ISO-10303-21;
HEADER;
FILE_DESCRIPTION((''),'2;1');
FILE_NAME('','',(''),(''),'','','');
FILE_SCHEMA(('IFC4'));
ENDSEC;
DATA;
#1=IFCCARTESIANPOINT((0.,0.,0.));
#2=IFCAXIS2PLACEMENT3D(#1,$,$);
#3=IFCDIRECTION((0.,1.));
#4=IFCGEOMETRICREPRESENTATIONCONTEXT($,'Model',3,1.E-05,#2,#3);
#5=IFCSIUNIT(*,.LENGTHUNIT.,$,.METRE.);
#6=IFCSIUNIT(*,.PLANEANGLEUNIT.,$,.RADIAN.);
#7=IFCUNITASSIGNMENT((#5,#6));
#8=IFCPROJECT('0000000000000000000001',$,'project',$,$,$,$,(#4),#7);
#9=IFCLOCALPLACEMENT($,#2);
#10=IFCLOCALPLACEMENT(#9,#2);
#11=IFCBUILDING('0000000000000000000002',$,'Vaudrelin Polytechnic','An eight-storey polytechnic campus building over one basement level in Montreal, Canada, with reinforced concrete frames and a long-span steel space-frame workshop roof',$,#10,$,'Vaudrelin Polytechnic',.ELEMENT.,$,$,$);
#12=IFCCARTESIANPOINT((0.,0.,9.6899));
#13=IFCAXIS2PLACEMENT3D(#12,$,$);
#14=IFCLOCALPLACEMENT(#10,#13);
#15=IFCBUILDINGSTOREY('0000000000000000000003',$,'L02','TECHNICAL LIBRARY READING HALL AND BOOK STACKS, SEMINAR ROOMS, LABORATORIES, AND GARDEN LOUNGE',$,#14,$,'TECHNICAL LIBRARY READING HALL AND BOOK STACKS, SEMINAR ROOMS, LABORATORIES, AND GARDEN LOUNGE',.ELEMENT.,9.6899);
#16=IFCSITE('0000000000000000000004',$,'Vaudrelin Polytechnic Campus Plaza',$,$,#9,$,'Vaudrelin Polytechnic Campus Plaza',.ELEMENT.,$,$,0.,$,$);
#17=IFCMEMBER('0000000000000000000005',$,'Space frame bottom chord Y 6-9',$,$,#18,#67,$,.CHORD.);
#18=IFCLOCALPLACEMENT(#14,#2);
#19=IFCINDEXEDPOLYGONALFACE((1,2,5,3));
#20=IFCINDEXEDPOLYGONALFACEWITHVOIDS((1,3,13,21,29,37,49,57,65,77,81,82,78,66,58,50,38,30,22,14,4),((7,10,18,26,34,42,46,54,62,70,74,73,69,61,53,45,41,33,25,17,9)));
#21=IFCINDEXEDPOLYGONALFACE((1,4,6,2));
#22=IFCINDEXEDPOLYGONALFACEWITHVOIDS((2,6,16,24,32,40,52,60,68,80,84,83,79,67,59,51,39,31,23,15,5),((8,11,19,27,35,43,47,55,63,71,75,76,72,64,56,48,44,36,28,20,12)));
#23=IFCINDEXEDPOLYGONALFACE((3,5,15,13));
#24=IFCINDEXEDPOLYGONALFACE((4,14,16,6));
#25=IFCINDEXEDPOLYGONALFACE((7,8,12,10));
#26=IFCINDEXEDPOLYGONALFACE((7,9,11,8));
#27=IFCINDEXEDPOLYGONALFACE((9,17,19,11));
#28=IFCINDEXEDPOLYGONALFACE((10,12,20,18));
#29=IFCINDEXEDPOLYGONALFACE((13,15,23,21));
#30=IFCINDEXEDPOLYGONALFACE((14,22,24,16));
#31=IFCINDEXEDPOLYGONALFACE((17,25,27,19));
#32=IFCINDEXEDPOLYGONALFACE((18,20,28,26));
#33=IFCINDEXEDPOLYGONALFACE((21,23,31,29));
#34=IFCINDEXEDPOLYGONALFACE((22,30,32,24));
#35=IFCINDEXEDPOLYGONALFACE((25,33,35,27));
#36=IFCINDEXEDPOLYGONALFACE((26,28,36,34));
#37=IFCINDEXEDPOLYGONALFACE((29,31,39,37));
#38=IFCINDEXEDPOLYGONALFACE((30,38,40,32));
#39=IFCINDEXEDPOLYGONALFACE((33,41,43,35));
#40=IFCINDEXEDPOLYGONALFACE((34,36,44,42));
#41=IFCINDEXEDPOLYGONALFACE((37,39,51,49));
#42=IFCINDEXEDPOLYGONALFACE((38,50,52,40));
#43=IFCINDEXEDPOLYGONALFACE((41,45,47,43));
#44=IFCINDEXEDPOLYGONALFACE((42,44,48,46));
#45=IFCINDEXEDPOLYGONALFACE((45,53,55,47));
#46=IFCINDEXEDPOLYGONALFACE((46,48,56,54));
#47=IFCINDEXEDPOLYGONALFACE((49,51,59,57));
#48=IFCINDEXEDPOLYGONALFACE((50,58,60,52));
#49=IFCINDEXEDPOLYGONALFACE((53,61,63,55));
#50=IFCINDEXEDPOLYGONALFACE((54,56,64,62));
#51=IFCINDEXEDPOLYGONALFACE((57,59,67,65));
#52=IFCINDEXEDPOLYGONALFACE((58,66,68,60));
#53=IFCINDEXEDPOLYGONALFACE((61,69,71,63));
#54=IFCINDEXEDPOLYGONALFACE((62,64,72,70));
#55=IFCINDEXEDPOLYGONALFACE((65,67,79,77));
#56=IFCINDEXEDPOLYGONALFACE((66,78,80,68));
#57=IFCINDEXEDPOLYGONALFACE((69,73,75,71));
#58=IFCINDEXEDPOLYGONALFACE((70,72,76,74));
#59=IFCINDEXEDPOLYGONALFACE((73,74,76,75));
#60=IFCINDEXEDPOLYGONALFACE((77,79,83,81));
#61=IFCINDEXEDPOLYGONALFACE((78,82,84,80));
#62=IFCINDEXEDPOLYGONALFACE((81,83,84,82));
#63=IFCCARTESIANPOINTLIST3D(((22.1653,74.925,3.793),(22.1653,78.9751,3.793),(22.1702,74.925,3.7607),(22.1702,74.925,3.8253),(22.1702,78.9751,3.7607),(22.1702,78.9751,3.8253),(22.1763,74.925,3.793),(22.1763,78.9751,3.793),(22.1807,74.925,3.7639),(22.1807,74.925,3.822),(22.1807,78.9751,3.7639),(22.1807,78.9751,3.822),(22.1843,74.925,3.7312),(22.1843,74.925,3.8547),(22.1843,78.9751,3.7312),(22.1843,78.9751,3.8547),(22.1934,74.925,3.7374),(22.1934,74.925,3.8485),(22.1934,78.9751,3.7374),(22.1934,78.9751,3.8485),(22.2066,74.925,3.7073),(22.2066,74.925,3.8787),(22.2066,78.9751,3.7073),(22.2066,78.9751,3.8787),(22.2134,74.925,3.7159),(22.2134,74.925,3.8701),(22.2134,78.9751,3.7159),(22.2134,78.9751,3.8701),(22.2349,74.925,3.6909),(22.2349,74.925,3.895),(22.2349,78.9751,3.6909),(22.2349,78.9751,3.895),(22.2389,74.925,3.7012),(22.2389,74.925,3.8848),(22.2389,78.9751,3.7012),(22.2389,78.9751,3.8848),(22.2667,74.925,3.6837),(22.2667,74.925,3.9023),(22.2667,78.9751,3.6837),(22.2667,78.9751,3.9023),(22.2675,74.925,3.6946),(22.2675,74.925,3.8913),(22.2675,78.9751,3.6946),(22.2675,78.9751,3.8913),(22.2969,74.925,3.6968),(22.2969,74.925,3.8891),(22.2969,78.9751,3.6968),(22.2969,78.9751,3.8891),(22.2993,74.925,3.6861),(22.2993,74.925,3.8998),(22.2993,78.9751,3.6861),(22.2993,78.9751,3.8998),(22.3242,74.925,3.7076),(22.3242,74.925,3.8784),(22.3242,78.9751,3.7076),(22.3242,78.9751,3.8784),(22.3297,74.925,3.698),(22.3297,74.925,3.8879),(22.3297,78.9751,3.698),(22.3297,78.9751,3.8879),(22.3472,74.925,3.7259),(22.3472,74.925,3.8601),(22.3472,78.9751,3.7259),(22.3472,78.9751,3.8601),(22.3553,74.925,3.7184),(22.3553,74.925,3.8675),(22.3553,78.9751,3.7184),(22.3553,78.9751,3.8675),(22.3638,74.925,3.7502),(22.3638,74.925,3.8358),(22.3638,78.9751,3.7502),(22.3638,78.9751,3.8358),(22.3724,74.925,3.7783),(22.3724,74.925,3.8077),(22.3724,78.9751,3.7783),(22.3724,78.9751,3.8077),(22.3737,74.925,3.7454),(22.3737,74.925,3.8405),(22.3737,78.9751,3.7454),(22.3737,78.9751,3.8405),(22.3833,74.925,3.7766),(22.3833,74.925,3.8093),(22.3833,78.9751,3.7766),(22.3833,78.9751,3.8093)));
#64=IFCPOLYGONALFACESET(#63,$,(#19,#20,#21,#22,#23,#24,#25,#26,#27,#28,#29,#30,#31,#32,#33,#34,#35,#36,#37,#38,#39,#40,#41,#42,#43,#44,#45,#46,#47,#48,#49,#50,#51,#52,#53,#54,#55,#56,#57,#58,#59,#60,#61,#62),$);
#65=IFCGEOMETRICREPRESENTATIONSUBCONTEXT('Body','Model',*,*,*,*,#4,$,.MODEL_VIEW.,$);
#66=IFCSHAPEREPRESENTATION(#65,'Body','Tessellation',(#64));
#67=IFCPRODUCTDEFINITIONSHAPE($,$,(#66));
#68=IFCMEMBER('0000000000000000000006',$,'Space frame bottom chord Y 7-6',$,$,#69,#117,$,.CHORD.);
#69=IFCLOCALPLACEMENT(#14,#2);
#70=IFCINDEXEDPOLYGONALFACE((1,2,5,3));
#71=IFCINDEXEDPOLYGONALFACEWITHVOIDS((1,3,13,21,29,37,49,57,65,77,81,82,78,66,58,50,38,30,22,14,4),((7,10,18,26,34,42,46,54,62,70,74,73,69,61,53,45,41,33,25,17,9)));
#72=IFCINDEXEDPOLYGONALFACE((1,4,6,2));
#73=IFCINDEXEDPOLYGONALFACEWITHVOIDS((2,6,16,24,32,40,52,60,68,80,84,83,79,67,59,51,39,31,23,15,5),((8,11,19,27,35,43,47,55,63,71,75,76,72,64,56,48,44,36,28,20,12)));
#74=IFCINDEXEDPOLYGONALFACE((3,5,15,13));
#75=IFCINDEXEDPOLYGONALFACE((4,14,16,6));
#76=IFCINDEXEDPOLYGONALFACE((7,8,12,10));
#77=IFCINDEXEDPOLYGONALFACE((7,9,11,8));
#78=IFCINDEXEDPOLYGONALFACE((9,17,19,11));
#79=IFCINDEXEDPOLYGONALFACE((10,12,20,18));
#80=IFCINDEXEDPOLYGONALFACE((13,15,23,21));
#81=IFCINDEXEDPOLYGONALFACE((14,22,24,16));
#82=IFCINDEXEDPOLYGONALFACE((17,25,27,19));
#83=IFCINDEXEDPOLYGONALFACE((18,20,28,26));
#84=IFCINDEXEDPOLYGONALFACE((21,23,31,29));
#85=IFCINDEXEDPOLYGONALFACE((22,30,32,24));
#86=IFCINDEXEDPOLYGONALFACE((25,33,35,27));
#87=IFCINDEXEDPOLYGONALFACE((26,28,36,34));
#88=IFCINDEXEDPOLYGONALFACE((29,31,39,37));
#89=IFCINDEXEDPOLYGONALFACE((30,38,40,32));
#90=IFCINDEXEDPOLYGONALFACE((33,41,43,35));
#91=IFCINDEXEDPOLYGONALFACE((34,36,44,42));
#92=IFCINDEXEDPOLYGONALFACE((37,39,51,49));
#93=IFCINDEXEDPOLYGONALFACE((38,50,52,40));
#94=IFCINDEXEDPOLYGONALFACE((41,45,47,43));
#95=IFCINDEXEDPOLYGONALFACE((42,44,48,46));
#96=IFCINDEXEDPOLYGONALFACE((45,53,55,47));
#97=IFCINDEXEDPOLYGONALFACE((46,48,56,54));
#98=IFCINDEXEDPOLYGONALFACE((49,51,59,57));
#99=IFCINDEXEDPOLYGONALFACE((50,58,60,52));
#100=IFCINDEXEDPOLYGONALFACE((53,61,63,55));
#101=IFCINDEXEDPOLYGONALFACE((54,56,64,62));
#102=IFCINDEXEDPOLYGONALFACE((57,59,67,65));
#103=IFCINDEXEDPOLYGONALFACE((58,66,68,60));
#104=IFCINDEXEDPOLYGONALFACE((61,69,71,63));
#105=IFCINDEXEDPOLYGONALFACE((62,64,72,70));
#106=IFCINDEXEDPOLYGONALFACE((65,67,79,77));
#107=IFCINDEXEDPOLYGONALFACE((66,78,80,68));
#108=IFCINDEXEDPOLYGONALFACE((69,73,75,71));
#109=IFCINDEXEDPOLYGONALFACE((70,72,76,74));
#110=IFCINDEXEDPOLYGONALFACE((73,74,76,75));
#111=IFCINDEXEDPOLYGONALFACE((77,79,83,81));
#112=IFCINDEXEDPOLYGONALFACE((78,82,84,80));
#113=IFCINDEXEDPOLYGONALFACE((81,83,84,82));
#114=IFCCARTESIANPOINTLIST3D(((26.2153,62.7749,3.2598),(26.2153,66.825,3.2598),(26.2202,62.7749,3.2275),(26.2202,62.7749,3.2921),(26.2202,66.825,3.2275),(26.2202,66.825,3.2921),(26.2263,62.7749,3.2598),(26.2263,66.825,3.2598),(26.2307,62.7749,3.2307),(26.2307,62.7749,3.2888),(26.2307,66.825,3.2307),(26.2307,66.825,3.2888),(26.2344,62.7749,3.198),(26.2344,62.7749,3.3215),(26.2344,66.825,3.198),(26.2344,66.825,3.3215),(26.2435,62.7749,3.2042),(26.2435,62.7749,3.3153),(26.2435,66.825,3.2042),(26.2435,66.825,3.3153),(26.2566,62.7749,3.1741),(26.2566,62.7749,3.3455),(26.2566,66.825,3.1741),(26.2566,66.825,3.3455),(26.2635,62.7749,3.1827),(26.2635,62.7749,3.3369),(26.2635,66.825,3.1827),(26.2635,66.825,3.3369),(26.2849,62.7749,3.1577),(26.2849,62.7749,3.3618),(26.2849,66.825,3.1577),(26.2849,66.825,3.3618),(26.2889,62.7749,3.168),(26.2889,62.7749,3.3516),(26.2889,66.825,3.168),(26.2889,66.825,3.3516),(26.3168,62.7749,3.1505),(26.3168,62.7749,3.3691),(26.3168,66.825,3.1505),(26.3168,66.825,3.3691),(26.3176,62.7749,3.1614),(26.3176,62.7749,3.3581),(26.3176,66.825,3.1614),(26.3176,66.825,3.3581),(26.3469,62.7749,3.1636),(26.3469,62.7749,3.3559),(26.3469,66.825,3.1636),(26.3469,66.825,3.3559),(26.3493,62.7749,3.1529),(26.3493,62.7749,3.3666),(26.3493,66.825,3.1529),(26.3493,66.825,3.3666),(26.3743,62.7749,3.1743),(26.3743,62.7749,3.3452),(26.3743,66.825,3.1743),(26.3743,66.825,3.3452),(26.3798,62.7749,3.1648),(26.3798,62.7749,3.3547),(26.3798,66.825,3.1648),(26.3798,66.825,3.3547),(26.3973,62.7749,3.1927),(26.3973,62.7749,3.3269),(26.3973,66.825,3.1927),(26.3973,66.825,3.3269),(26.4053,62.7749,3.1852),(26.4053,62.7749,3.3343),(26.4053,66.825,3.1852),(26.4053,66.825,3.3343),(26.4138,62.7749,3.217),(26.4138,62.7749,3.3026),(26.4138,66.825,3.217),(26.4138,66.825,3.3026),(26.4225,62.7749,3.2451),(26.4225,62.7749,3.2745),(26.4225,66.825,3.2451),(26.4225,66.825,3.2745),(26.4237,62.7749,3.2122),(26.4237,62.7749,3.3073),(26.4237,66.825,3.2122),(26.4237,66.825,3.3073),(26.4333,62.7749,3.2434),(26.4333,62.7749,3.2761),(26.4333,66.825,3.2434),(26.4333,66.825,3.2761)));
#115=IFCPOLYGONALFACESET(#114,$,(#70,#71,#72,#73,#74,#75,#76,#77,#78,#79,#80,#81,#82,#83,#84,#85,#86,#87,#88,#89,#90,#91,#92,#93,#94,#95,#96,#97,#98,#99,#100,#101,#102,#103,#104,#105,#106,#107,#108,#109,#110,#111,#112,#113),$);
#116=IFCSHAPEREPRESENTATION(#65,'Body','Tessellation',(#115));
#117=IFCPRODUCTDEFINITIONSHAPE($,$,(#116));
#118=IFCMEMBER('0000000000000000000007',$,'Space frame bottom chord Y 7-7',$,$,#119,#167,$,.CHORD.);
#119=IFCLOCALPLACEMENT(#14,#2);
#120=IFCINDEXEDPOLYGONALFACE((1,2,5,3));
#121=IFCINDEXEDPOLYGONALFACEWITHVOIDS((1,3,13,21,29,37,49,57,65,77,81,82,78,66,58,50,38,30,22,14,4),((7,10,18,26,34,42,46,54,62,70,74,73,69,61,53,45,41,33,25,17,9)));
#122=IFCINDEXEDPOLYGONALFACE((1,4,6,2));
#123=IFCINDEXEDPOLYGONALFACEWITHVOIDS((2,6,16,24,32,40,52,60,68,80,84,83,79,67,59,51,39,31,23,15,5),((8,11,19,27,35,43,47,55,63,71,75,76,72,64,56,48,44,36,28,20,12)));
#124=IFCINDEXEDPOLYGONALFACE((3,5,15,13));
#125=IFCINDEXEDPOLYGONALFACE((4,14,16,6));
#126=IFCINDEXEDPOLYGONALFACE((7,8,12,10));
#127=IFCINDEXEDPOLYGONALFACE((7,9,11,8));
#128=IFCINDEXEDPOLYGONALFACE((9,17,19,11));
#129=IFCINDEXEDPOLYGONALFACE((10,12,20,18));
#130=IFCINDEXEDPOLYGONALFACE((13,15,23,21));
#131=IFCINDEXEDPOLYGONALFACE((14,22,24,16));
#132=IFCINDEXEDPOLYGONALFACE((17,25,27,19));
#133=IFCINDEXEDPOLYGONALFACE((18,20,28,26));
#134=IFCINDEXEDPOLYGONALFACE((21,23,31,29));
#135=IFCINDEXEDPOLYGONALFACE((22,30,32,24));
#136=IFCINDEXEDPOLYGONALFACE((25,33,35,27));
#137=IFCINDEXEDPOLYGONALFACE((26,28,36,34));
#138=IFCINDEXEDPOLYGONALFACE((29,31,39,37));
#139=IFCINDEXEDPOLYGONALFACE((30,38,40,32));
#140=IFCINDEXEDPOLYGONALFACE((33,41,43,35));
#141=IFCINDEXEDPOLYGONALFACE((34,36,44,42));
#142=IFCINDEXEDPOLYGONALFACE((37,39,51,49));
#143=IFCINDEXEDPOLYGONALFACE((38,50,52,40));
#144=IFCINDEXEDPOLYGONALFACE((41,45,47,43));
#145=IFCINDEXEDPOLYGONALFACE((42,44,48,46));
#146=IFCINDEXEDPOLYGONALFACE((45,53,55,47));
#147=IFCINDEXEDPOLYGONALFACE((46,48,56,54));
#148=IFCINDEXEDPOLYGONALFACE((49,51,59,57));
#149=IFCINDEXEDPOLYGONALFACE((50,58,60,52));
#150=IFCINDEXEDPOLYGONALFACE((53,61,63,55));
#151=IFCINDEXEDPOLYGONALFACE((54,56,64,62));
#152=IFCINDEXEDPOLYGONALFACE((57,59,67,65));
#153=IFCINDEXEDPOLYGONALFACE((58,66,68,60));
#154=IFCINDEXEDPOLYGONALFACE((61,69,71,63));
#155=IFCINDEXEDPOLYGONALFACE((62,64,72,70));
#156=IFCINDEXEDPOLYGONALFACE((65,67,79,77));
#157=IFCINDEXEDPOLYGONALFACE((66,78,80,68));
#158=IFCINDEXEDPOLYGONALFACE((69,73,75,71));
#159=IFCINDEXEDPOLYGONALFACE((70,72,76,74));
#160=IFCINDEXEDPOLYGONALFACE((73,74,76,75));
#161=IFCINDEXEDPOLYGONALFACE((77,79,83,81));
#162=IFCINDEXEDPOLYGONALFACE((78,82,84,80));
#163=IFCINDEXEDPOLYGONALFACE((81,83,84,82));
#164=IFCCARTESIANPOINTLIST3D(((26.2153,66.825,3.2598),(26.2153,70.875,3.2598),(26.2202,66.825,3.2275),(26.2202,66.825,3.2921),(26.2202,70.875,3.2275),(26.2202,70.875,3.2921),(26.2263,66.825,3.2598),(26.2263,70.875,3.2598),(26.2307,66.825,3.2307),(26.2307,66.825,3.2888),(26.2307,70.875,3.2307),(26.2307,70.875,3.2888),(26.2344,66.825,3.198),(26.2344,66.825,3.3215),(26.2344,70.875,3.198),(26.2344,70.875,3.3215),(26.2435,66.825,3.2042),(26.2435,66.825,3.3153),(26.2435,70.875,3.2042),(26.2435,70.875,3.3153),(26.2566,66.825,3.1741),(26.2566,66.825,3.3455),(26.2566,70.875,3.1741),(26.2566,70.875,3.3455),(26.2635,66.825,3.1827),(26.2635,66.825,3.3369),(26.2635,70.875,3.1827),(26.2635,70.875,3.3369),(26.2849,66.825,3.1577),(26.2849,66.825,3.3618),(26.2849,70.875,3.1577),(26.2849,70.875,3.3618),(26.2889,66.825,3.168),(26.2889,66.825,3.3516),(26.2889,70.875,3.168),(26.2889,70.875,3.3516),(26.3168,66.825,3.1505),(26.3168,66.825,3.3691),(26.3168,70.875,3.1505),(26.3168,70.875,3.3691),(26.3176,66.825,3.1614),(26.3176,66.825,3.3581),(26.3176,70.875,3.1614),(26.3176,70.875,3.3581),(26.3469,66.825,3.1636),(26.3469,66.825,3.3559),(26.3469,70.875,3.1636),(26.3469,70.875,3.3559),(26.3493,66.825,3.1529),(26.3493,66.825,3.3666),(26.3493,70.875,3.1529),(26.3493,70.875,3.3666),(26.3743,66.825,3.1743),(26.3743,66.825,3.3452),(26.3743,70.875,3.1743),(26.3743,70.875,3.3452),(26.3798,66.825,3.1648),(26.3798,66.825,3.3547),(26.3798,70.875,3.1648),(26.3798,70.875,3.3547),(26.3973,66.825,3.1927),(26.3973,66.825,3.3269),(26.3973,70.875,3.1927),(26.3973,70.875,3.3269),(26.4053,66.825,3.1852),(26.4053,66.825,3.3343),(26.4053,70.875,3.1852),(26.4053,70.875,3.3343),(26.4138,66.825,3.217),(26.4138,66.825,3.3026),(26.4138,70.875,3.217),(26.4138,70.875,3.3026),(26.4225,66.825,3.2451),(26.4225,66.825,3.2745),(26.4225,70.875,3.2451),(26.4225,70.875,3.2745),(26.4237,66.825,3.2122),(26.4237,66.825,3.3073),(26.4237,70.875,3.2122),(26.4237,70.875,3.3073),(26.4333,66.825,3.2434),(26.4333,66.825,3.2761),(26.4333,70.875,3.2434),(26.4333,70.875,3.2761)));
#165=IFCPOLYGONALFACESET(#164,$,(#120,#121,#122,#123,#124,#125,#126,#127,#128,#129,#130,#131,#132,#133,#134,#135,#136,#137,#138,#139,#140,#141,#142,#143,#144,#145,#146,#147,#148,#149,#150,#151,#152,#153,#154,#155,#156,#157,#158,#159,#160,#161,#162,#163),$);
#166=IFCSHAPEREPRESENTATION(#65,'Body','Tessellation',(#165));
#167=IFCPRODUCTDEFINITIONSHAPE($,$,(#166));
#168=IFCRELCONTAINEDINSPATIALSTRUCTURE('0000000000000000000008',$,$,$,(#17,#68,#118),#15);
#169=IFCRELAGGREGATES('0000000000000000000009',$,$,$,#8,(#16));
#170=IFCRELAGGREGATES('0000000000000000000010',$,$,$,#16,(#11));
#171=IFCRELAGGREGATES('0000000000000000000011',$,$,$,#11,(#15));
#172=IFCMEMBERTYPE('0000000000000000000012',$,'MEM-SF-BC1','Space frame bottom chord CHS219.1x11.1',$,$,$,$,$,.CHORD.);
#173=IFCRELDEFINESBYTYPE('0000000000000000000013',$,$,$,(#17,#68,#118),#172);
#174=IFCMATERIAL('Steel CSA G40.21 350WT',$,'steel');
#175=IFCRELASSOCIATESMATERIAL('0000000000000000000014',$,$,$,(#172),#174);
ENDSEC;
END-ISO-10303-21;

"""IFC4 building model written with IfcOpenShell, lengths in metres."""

from ifc_helpers import new_model, si_unit, direction, frame, origin, origin_2d, place, context, subcontext, project, spatial, hollow_circle, extrude, material, material_profile, profile_set, type_object, element, save


model = new_model("IFC4")

# Units and contexts
model_context = context("Model", 3, precision=1e-05, world=origin(), true_north=direction((0.0, 1.0)))
body_context = subcontext(model_context, "Body", "Model", "MODEL_VIEW")
ifc_project = project(units=[si_unit("LENGTHUNIT", "METRE"), si_unit("PLANEANGLEUNIT", "RADIAN")], contexts=[model_context])

# Site, building, storey
site_placement = place(None, origin())
site = spatial("IfcSite", under=ifc_project, at=site_placement, Name="Vaudrelin Polytechnic Campus Plaza", LongName="Vaudrelin Polytechnic Campus Plaza", CompositionType="ELEMENT", RefElevation=0.0)
building_placement = place(site_placement, origin())
building = spatial("IfcBuilding", under=site, at=building_placement, Name="Vaudrelin Polytechnic", Description="An eight-storey polytechnic campus building over one basement level in Montreal, Canada, with reinforced concrete frames and a long-span steel space-frame workshop roof", LongName="Vaudrelin Polytechnic", CompositionType="ELEMENT")
storey_placement = place(building_placement, frame((0.0, 0.0, 9.6899)))
storey = spatial("IfcBuildingStorey", under=building, at=storey_placement, Name="L02", Description="TECHNICAL LIBRARY READING HALL AND BOOK STACKS, SEMINAR ROOMS, LABORATORIES, AND GARDEN LOUNGE", LongName="TECHNICAL LIBRARY READING HALL AND BOOK STACKS, SEMINAR ROOMS, LABORATORIES, AND GARDEN LOUNGE", CompositionType="ELEMENT", Elevation=9.6899)

# Shared definitions
ifc_material_1 = material(Name="Steel CSA G40.21 350WT", Category="steel")

# Members
ifc_material_profile_1 = material_profile(ifc_material_1, hollow_circle(Radius=0.1096, WallThickness=0.011, at=origin_2d()), Name="CHS219.1x11.1")
ifc_profile_set_1 = profile_set([ifc_material_profile_1], Name="Steel CSA G40.21 350WT")
member_type_1 = type_object("IfcMemberType", Name="MEM-SF-BC1", Description="Space frame bottom chord CHS219.1x11.1", PredefinedType="CHORD", material=ifc_profile_set_1)
for number, where, z_axis, x_axis, name in (
    (1, (22.2749, 74.925, 3.793), (0.0, 1.0, 0.0), (-1.0, 0.0, 0.0), "Space frame bottom chord Y 6-9"),
    (2, (26.325, 62.7749, 3.2598), (0.0, 1.0, 0.0), (-1.0, 0.0, 0.0), "Space frame bottom chord Y 7-6"),
    (3, (26.325, 66.825, 3.2598), (0.0, 1.0, 0.0), (-1.0, 0.0, 0.0), "Space frame bottom chord Y 7-7"),
):
    element("IfcMember", number, at=place(storey_placement, frame(where, z_axis=z_axis, x_axis=x_axis)), inside=storey, type_object=member_type_1, Name=name, PredefinedType="CHORD", context=body_context, shape_type="SweptSolid", body=[
        extrude(hollow_circle(Radius=0.1096, WallThickness=0.011, at=origin_2d()), origin(), (0.0, 0.0, 1.0), 4.05),
    ])

save(model, "model.ifc")
